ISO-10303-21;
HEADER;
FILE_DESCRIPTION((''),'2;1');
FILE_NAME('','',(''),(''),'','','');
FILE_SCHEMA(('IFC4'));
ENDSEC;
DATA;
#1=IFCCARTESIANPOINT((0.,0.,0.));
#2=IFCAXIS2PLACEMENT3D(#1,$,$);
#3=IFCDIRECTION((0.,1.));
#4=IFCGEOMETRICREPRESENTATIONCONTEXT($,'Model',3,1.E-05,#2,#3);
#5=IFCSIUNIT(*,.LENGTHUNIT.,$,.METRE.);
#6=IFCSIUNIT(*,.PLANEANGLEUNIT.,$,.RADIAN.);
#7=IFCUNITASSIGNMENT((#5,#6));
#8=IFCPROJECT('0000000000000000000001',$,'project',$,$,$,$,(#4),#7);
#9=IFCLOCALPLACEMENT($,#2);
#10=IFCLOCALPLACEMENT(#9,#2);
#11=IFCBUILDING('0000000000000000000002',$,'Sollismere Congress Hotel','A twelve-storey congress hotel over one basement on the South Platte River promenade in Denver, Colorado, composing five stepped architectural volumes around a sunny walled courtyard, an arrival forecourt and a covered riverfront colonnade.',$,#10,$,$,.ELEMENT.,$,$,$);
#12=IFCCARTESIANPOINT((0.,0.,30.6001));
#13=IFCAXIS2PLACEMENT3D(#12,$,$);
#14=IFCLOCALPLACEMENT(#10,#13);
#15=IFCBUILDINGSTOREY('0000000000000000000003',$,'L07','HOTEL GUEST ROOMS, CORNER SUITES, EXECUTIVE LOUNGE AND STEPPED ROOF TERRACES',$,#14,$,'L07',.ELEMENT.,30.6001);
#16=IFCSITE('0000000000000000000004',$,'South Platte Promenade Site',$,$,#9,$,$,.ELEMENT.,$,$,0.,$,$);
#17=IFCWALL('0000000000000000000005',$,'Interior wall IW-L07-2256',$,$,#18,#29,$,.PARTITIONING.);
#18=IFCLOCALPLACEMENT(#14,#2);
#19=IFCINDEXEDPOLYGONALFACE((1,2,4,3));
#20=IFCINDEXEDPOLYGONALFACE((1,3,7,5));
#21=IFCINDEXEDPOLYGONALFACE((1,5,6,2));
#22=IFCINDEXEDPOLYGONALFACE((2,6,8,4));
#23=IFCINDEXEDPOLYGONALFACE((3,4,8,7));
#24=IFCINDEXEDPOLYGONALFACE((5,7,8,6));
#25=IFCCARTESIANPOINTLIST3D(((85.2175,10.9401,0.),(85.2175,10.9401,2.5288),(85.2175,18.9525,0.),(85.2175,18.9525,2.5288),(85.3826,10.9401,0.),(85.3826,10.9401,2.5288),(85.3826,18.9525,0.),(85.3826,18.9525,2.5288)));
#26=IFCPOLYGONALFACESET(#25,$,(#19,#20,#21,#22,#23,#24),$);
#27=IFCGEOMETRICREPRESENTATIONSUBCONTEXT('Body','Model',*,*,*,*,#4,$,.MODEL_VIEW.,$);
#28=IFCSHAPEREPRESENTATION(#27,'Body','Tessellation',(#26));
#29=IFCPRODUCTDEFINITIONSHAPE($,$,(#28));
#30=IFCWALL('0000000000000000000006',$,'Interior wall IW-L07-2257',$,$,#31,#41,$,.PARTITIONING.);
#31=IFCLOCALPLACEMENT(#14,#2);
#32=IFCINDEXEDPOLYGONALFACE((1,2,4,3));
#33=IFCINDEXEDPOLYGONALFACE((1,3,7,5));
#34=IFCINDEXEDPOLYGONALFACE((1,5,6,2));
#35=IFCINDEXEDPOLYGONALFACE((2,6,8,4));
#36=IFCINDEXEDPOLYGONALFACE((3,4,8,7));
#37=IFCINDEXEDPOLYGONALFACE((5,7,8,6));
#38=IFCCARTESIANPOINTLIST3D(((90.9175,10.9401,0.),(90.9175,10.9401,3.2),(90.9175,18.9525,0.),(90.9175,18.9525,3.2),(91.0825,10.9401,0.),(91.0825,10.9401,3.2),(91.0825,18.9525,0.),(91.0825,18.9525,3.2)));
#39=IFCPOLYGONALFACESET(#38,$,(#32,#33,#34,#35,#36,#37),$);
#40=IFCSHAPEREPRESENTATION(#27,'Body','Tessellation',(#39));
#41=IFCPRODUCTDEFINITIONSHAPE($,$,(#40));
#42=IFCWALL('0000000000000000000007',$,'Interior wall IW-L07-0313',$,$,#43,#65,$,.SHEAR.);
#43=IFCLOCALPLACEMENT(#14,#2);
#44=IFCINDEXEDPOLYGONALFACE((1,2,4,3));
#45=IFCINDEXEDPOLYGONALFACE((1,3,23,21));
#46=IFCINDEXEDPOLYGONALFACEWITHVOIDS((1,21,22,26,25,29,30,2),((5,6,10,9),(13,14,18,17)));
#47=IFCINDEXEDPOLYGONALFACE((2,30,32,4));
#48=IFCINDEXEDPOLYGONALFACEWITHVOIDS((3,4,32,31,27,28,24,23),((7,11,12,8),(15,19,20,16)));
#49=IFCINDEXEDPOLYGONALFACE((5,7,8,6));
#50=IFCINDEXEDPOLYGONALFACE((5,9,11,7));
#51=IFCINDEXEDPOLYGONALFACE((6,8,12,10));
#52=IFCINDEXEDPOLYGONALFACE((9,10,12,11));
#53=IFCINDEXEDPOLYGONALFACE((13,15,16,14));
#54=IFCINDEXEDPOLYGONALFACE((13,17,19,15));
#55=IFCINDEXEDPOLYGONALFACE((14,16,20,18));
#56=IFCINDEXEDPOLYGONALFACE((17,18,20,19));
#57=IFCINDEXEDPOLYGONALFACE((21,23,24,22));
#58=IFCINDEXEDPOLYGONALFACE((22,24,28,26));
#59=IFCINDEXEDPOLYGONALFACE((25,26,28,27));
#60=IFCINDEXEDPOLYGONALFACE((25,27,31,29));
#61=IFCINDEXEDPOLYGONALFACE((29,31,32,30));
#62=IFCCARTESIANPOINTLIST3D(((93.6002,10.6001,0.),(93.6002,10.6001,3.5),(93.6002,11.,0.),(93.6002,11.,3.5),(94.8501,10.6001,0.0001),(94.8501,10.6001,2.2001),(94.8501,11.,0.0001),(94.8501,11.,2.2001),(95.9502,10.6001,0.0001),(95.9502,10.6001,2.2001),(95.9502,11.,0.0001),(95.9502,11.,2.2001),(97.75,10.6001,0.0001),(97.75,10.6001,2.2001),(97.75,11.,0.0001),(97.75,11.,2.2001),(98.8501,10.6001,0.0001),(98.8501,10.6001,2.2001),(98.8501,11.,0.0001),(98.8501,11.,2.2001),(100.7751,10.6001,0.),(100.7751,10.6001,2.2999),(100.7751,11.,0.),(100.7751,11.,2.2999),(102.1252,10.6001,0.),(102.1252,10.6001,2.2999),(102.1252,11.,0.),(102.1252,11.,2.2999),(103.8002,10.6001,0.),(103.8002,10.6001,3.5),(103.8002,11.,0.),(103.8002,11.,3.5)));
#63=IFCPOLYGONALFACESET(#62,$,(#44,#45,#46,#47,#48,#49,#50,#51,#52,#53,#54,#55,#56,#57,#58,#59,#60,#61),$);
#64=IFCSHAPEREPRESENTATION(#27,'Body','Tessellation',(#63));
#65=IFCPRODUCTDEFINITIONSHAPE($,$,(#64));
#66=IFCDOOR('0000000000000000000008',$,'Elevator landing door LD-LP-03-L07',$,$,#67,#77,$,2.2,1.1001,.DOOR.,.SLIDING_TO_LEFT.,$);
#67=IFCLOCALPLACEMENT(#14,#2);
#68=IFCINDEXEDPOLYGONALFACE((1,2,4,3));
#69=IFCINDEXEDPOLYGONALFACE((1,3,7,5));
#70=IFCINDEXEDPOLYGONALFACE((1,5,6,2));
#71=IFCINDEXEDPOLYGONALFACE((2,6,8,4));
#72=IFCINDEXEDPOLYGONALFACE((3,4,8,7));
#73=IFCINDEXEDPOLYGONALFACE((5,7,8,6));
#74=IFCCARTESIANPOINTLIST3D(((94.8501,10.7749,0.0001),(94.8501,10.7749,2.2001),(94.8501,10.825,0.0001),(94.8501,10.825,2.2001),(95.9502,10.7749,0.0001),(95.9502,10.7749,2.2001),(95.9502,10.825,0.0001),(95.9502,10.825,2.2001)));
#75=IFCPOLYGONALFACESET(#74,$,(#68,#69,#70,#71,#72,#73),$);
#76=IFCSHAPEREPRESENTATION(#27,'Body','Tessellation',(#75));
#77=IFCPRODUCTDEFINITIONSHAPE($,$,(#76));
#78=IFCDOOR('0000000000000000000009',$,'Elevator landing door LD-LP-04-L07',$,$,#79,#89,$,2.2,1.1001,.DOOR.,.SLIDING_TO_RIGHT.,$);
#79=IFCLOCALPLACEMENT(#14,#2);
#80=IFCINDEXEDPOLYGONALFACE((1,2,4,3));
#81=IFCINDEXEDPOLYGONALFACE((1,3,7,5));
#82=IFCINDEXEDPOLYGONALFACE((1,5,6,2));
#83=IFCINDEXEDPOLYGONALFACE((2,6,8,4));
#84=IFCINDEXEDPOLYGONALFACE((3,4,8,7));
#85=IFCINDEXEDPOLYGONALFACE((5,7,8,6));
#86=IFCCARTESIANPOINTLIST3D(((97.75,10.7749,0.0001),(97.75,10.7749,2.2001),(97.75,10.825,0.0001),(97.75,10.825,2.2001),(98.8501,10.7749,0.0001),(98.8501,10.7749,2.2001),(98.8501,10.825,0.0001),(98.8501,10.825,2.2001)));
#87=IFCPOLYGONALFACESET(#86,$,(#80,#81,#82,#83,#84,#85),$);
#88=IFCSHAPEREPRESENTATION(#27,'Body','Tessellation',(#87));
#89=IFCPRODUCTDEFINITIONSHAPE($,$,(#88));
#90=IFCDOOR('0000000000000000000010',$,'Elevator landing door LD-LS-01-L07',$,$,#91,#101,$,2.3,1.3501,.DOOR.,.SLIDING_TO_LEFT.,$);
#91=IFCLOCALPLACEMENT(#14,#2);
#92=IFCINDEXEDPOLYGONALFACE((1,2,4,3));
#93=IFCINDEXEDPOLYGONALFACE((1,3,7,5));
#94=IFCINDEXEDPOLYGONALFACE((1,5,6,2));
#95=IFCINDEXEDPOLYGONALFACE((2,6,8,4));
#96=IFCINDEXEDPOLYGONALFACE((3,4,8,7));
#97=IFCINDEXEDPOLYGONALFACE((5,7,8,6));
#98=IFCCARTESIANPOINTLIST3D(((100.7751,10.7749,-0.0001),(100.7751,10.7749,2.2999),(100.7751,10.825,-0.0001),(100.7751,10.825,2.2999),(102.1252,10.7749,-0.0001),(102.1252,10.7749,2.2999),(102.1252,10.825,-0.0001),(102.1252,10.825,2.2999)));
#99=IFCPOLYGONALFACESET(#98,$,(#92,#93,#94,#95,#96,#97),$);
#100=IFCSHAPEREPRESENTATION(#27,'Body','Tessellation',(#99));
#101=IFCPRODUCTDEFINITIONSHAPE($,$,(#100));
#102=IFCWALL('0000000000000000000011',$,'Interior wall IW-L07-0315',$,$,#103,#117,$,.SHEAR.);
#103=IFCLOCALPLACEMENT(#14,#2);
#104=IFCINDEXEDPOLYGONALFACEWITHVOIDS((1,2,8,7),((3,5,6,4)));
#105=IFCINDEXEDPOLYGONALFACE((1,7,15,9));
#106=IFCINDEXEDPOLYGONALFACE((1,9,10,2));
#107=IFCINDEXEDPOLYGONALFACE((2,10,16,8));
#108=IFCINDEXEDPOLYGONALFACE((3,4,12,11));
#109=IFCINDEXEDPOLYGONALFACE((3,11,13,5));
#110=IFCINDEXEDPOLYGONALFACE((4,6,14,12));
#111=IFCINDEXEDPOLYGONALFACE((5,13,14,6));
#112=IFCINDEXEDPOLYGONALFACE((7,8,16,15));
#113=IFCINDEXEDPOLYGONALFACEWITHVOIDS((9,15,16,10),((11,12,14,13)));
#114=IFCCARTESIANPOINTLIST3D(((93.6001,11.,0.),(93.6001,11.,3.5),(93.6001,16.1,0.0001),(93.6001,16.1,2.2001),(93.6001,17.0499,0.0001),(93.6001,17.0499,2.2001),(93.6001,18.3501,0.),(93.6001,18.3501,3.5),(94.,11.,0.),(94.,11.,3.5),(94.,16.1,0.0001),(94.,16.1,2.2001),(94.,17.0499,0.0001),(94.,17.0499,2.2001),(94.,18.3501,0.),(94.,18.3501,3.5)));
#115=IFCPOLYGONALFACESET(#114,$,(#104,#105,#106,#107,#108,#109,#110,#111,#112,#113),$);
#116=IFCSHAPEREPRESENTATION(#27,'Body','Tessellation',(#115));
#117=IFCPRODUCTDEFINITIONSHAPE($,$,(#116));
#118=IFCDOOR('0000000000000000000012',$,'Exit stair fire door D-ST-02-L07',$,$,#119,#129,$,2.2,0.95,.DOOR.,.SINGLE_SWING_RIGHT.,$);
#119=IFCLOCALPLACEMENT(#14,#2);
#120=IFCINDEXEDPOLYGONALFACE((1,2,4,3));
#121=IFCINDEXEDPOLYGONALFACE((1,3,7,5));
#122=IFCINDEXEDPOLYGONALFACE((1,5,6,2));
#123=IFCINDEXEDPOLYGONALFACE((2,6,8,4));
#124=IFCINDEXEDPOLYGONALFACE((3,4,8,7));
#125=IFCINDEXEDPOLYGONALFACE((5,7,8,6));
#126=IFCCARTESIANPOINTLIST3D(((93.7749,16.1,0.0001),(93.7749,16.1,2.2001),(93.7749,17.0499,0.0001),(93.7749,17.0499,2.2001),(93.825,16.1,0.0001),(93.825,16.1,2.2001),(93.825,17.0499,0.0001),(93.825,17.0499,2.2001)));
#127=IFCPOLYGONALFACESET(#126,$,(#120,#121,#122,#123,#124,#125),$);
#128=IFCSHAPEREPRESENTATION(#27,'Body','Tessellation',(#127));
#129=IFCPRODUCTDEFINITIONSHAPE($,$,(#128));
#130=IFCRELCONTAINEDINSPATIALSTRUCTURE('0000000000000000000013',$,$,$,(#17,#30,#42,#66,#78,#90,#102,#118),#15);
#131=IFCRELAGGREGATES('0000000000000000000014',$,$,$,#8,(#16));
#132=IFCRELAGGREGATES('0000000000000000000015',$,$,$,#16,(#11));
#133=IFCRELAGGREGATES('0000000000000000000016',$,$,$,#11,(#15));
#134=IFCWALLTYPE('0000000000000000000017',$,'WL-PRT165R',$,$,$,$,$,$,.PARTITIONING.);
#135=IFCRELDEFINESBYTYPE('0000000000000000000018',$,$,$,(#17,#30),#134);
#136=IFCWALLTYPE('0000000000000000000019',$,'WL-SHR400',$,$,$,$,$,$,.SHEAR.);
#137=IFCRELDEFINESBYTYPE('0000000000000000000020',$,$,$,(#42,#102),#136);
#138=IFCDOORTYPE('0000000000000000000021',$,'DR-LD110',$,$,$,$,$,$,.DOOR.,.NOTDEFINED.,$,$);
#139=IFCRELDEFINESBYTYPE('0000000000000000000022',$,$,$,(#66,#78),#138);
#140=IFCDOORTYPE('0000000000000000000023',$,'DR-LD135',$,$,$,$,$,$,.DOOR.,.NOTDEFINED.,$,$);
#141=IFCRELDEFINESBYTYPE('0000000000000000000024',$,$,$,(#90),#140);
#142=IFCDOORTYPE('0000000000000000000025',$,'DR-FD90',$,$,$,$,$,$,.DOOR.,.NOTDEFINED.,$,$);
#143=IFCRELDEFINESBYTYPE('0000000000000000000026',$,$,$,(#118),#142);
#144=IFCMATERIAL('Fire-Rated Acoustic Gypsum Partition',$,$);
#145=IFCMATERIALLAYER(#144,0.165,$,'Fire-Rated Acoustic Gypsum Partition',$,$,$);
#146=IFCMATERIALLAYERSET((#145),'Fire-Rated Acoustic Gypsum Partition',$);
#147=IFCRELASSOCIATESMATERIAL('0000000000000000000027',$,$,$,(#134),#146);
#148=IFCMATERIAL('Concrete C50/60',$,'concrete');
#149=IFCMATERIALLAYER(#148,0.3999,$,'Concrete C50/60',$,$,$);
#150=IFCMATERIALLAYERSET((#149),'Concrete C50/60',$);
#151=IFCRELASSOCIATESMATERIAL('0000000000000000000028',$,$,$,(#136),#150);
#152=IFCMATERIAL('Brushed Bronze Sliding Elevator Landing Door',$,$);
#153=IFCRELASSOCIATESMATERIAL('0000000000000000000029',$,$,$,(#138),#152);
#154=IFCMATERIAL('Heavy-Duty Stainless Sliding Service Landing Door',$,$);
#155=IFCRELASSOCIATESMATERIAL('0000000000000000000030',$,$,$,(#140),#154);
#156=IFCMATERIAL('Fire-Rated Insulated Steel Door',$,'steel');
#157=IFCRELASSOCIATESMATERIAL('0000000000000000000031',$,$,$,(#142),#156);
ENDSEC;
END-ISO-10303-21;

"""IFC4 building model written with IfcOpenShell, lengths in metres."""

from ifc_helpers import new_model, si_unit, direction, frame, frame_2d, origin, place, context, subcontext, project, spatial, rectangle, extrude, material, layer, layer_set, type_object, element, fill, save


model = new_model("IFC4")

# Units and contexts
model_context = context("Model", 3, precision=1e-05, world=origin(), true_north=direction((0.0, 1.0)))
body_context = subcontext(model_context, "Body", "Model", "MODEL_VIEW")
ifc_project = project(units=[si_unit("LENGTHUNIT", "METRE"), si_unit("PLANEANGLEUNIT", "RADIAN")], contexts=[model_context])

# Site, building, storey
site_placement = place(None, origin())
site = spatial("IfcSite", under=ifc_project, at=site_placement, Name="South Platte Promenade Site", CompositionType="ELEMENT", RefElevation=0.0)
building_placement = place(site_placement, origin())
building = spatial("IfcBuilding", under=site, at=building_placement, Name="Sollismere Congress Hotel", Description="A twelve-storey congress hotel over one basement on the South Platte River promenade in Denver, Colorado, composing five stepped architectural volumes around a sunny walled courtyard, an arrival forecourt and a covered riverfront colonnade.", CompositionType="ELEMENT")
storey_placement = place(building_placement, frame((0.0, 0.0, 30.6001)))
storey = spatial("IfcBuildingStorey", under=building, at=storey_placement, Name="L07", Description="HOTEL GUEST ROOMS, CORNER SUITES, EXECUTIVE LOUNGE AND STEPPED ROOF TERRACES", LongName="L07", CompositionType="ELEMENT", Elevation=30.6001)

# Walls
ifc_material_1 = material(Name="Fire-Rated Acoustic Gypsum Partition")
ifc_layer_1 = layer(ifc_material_1, 0.165, Name="Fire-Rated Acoustic Gypsum Partition")
ifc_layer_set_1 = layer_set([ifc_layer_1], Name="Fire-Rated Acoustic Gypsum Partition")
wall_type_1 = type_object("IfcWallType", Name="WL-PRT165R", PredefinedType="PARTITIONING", material=ifc_layer_set_1)
wall_1_placement = place(storey_placement, frame((85.3, 10.9399, 0.0), z_axis=(0.0, 0.0, 1.0), x_axis=(0.0, 1.0, 0.0)))
element("IfcWall", 1, at=wall_1_placement, inside=storey, type_object=wall_type_1, Name="Interior wall IW-L07-2256", PredefinedType="PARTITIONING", context=body_context, shape_type="SweptSolid", body=[
    extrude(rectangle(XDim=8.0125, YDim=0.165, at=frame_2d((4.0063, 0.0))), origin(), (0.0, 0.0, 1.0), 2.5288),
])
wall_2_placement = place(storey_placement, frame((91.0, 10.9399, 0.0), z_axis=(0.0, 0.0, 1.0), x_axis=(0.0, 1.0, 0.0)))
element("IfcWall", 2, at=wall_2_placement, inside=storey, type_object=wall_type_1, Name="Interior wall IW-L07-2257", PredefinedType="PARTITIONING", context=body_context, shape_type="SweptSolid", body=[
    extrude(rectangle(XDim=8.0125, YDim=0.165, at=frame_2d((4.0063, 0.0))), origin(), (0.0, 0.0, 1.0), 3.2),
])

# Wall, openings, doors
ifc_material_2 = material(Name="Concrete C50/60", Category="concrete")
ifc_layer_2 = layer(ifc_material_2, 0.3999, Name="Concrete C50/60")
ifc_layer_set_2 = layer_set([ifc_layer_2], Name="Concrete C50/60")
wall_type_2 = type_object("IfcWallType", Name="WL-SHR400", PredefinedType="SHEAR", material=ifc_layer_set_2)
wall_3_placement = place(storey_placement, frame((93.6001, 10.8, 0.0), z_axis=(0.0, 0.0, 1.0), x_axis=(1.0, 0.0, 0.0)))
wall_3 = element("IfcWall", 3, at=wall_3_placement, inside=storey, type_object=wall_type_2, Name="Interior wall IW-L07-0313", PredefinedType="SHEAR", context=body_context, shape_type="SweptSolid", body=[
    extrude(rectangle(XDim=10.2, YDim=0.3999, at=frame_2d((5.1001, 0.0))), origin(), (0.0, 0.0, 1.0), 3.5),
])
opening_1_placement = place(wall_3_placement, frame((1.25, 0.0, 0.0)))
opening_1 = element("IfcOpeningElement", 4, at=opening_1_placement, cuts=wall_3, PredefinedType="OPENING", context=body_context, shape_type="SweptSolid", body=[
    extrude(rectangle(XDim=1.1001, YDim=2.2, at=frame_2d((0.55, 1.1001))), frame((0.0, 0.21, 0.0), z_axis=(0.0, -1.0, 0.0), x_axis=(1.0, 0.0, 0.0)), (0.0, 0.0, 1.0), 0.4199),
])
opening_2_placement = place(wall_3_placement, frame((4.1499, 0.0, 0.0)))
opening_2 = element("IfcOpeningElement", 5, at=opening_2_placement, cuts=wall_3, PredefinedType="OPENING", context=body_context, shape_type="SweptSolid", body=[
    extrude(rectangle(XDim=1.1001, YDim=2.2, at=frame_2d((0.55, 1.1001))), frame((0.0, 0.21, 0.0), z_axis=(0.0, -1.0, 0.0), x_axis=(1.0, 0.0, 0.0)), (0.0, 0.0, 1.0), 0.4199),
])
opening_3_placement = place(wall_3_placement, frame((7.175, 0.0, 0.0)))
opening_3 = element("IfcOpeningElement", 6, at=opening_3_placement, cuts=wall_3, PredefinedType="OPENING", context=body_context, shape_type="SweptSolid", body=[
    extrude(rectangle(XDim=1.3501, YDim=2.3, at=frame_2d((0.675, 1.1499))), frame((0.0, 0.21, 0.0), z_axis=(0.0, -1.0, 0.0), x_axis=(1.0, 0.0, 0.0)), (0.0, 0.0, 1.0), 0.4199),
])
ifc_material_3 = material(Name="Brushed Bronze Sliding Elevator Landing Door")
door_type_1 = type_object("IfcDoorType", Name="DR-LD110", OperationType="NOTDEFINED", PredefinedType="DOOR", material=ifc_material_3)
door_1_placement = place(opening_1_placement, origin())
door_1 = element("IfcDoor", 7, at=door_1_placement, inside=storey, type_object=door_type_1, Name="Elevator landing door LD-LP-03-L07", OperationType="SLIDING_TO_LEFT", OverallHeight=2.2, OverallWidth=1.1001, PredefinedType="DOOR", context=body_context, shape_type="SweptSolid", body=[
    extrude(rectangle(XDim=1.1001, YDim=2.2, at=frame_2d((0.55, 1.1001))), frame((0.0, 0.0249, 0.0), z_axis=(0.0, -1.0, 0.0), x_axis=(1.0, 0.0, 0.0)), (0.0, 0.0, 1.0), 0.05),
])
fill(opening_1, door_1)
door_2_placement = place(opening_2_placement, origin())
door_2 = element("IfcDoor", 8, at=door_2_placement, inside=storey, type_object=door_type_1, Name="Elevator landing door LD-LP-04-L07", OperationType="SLIDING_TO_RIGHT", OverallHeight=2.2, OverallWidth=1.1001, PredefinedType="DOOR", context=body_context, shape_type="SweptSolid", body=[
    extrude(rectangle(XDim=1.1001, YDim=2.2, at=frame_2d((0.55, 1.1001))), frame((0.0, 0.0249, 0.0), z_axis=(0.0, -1.0, 0.0), x_axis=(1.0, 0.0, 0.0)), (0.0, 0.0, 1.0), 0.05),
])
fill(opening_2, door_2)
ifc_material_4 = material(Name="Heavy-Duty Stainless Sliding Service Landing Door")
door_type_2 = type_object("IfcDoorType", Name="DR-LD135", OperationType="NOTDEFINED", PredefinedType="DOOR", material=ifc_material_4)
door_3_placement = place(opening_3_placement, origin())
door_3 = element("IfcDoor", 9, at=door_3_placement, inside=storey, type_object=door_type_2, Name="Elevator landing door LD-LS-01-L07", OperationType="SLIDING_TO_LEFT", OverallHeight=2.3, OverallWidth=1.3501, PredefinedType="DOOR", context=body_context, shape_type="SweptSolid", body=[
    extrude(rectangle(XDim=1.3501, YDim=2.3, at=frame_2d((0.675, 1.1499))), frame((0.0, 0.0249, 0.0), z_axis=(0.0, -1.0, 0.0), x_axis=(1.0, 0.0, 0.0)), (0.0, 0.0, 1.0), 0.05),
])
fill(opening_3, door_3)

# Wall, opening, door
wall_4_placement = place(storey_placement, frame((93.8, 18.3501, 0.0), z_axis=(0.0, 0.0, 1.0), x_axis=(0.0, -1.0, 0.0)))
wall_4 = element("IfcWall", 10, at=wall_4_placement, inside=storey, type_object=wall_type_2, Name="Interior wall IW-L07-0315", PredefinedType="SHEAR", context=body_context, shape_type="SweptSolid", body=[
    extrude(rectangle(XDim=7.3501, YDim=0.3999, at=frame_2d((3.675, 0.0))), origin(), (0.0, 0.0, 1.0), 3.5),
])
opening_4_placement = place(wall_4_placement, frame((1.3, 0.0, 0.0)))
opening_4 = element("IfcOpeningElement", 11, at=opening_4_placement, cuts=wall_4, PredefinedType="OPENING", context=body_context, shape_type="SweptSolid", body=[
    extrude(rectangle(XDim=0.95, YDim=2.2, at=frame_2d((0.4751, 1.1001))), frame((0.0, 0.21, 0.0), z_axis=(0.0, -1.0, 0.0), x_axis=(1.0, 0.0, 0.0)), (0.0, 0.0, 1.0), 0.4199),
])
ifc_material_5 = material(Name="Fire-Rated Insulated Steel Door", Category="steel")
door_type_3 = type_object("IfcDoorType", Name="DR-FD90", OperationType="NOTDEFINED", PredefinedType="DOOR", material=ifc_material_5)
door_4_placement = place(opening_4_placement, origin())
door_4 = element("IfcDoor", 12, at=door_4_placement, inside=storey, type_object=door_type_3, Name="Exit stair fire door D-ST-02-L07", OperationType="SINGLE_SWING_RIGHT", OverallHeight=2.2, OverallWidth=0.95, PredefinedType="DOOR", context=body_context, shape_type="SweptSolid", body=[
    extrude(rectangle(XDim=0.95, YDim=2.2, at=frame_2d((0.4751, 1.1001))), frame((0.0, 0.0249, 0.0), z_axis=(0.0, -1.0, 0.0), x_axis=(1.0, 0.0, 0.0)), (0.0, 0.0, 1.0), 0.05),
])
fill(opening_4, door_4)

save(model, "model.ifc")
